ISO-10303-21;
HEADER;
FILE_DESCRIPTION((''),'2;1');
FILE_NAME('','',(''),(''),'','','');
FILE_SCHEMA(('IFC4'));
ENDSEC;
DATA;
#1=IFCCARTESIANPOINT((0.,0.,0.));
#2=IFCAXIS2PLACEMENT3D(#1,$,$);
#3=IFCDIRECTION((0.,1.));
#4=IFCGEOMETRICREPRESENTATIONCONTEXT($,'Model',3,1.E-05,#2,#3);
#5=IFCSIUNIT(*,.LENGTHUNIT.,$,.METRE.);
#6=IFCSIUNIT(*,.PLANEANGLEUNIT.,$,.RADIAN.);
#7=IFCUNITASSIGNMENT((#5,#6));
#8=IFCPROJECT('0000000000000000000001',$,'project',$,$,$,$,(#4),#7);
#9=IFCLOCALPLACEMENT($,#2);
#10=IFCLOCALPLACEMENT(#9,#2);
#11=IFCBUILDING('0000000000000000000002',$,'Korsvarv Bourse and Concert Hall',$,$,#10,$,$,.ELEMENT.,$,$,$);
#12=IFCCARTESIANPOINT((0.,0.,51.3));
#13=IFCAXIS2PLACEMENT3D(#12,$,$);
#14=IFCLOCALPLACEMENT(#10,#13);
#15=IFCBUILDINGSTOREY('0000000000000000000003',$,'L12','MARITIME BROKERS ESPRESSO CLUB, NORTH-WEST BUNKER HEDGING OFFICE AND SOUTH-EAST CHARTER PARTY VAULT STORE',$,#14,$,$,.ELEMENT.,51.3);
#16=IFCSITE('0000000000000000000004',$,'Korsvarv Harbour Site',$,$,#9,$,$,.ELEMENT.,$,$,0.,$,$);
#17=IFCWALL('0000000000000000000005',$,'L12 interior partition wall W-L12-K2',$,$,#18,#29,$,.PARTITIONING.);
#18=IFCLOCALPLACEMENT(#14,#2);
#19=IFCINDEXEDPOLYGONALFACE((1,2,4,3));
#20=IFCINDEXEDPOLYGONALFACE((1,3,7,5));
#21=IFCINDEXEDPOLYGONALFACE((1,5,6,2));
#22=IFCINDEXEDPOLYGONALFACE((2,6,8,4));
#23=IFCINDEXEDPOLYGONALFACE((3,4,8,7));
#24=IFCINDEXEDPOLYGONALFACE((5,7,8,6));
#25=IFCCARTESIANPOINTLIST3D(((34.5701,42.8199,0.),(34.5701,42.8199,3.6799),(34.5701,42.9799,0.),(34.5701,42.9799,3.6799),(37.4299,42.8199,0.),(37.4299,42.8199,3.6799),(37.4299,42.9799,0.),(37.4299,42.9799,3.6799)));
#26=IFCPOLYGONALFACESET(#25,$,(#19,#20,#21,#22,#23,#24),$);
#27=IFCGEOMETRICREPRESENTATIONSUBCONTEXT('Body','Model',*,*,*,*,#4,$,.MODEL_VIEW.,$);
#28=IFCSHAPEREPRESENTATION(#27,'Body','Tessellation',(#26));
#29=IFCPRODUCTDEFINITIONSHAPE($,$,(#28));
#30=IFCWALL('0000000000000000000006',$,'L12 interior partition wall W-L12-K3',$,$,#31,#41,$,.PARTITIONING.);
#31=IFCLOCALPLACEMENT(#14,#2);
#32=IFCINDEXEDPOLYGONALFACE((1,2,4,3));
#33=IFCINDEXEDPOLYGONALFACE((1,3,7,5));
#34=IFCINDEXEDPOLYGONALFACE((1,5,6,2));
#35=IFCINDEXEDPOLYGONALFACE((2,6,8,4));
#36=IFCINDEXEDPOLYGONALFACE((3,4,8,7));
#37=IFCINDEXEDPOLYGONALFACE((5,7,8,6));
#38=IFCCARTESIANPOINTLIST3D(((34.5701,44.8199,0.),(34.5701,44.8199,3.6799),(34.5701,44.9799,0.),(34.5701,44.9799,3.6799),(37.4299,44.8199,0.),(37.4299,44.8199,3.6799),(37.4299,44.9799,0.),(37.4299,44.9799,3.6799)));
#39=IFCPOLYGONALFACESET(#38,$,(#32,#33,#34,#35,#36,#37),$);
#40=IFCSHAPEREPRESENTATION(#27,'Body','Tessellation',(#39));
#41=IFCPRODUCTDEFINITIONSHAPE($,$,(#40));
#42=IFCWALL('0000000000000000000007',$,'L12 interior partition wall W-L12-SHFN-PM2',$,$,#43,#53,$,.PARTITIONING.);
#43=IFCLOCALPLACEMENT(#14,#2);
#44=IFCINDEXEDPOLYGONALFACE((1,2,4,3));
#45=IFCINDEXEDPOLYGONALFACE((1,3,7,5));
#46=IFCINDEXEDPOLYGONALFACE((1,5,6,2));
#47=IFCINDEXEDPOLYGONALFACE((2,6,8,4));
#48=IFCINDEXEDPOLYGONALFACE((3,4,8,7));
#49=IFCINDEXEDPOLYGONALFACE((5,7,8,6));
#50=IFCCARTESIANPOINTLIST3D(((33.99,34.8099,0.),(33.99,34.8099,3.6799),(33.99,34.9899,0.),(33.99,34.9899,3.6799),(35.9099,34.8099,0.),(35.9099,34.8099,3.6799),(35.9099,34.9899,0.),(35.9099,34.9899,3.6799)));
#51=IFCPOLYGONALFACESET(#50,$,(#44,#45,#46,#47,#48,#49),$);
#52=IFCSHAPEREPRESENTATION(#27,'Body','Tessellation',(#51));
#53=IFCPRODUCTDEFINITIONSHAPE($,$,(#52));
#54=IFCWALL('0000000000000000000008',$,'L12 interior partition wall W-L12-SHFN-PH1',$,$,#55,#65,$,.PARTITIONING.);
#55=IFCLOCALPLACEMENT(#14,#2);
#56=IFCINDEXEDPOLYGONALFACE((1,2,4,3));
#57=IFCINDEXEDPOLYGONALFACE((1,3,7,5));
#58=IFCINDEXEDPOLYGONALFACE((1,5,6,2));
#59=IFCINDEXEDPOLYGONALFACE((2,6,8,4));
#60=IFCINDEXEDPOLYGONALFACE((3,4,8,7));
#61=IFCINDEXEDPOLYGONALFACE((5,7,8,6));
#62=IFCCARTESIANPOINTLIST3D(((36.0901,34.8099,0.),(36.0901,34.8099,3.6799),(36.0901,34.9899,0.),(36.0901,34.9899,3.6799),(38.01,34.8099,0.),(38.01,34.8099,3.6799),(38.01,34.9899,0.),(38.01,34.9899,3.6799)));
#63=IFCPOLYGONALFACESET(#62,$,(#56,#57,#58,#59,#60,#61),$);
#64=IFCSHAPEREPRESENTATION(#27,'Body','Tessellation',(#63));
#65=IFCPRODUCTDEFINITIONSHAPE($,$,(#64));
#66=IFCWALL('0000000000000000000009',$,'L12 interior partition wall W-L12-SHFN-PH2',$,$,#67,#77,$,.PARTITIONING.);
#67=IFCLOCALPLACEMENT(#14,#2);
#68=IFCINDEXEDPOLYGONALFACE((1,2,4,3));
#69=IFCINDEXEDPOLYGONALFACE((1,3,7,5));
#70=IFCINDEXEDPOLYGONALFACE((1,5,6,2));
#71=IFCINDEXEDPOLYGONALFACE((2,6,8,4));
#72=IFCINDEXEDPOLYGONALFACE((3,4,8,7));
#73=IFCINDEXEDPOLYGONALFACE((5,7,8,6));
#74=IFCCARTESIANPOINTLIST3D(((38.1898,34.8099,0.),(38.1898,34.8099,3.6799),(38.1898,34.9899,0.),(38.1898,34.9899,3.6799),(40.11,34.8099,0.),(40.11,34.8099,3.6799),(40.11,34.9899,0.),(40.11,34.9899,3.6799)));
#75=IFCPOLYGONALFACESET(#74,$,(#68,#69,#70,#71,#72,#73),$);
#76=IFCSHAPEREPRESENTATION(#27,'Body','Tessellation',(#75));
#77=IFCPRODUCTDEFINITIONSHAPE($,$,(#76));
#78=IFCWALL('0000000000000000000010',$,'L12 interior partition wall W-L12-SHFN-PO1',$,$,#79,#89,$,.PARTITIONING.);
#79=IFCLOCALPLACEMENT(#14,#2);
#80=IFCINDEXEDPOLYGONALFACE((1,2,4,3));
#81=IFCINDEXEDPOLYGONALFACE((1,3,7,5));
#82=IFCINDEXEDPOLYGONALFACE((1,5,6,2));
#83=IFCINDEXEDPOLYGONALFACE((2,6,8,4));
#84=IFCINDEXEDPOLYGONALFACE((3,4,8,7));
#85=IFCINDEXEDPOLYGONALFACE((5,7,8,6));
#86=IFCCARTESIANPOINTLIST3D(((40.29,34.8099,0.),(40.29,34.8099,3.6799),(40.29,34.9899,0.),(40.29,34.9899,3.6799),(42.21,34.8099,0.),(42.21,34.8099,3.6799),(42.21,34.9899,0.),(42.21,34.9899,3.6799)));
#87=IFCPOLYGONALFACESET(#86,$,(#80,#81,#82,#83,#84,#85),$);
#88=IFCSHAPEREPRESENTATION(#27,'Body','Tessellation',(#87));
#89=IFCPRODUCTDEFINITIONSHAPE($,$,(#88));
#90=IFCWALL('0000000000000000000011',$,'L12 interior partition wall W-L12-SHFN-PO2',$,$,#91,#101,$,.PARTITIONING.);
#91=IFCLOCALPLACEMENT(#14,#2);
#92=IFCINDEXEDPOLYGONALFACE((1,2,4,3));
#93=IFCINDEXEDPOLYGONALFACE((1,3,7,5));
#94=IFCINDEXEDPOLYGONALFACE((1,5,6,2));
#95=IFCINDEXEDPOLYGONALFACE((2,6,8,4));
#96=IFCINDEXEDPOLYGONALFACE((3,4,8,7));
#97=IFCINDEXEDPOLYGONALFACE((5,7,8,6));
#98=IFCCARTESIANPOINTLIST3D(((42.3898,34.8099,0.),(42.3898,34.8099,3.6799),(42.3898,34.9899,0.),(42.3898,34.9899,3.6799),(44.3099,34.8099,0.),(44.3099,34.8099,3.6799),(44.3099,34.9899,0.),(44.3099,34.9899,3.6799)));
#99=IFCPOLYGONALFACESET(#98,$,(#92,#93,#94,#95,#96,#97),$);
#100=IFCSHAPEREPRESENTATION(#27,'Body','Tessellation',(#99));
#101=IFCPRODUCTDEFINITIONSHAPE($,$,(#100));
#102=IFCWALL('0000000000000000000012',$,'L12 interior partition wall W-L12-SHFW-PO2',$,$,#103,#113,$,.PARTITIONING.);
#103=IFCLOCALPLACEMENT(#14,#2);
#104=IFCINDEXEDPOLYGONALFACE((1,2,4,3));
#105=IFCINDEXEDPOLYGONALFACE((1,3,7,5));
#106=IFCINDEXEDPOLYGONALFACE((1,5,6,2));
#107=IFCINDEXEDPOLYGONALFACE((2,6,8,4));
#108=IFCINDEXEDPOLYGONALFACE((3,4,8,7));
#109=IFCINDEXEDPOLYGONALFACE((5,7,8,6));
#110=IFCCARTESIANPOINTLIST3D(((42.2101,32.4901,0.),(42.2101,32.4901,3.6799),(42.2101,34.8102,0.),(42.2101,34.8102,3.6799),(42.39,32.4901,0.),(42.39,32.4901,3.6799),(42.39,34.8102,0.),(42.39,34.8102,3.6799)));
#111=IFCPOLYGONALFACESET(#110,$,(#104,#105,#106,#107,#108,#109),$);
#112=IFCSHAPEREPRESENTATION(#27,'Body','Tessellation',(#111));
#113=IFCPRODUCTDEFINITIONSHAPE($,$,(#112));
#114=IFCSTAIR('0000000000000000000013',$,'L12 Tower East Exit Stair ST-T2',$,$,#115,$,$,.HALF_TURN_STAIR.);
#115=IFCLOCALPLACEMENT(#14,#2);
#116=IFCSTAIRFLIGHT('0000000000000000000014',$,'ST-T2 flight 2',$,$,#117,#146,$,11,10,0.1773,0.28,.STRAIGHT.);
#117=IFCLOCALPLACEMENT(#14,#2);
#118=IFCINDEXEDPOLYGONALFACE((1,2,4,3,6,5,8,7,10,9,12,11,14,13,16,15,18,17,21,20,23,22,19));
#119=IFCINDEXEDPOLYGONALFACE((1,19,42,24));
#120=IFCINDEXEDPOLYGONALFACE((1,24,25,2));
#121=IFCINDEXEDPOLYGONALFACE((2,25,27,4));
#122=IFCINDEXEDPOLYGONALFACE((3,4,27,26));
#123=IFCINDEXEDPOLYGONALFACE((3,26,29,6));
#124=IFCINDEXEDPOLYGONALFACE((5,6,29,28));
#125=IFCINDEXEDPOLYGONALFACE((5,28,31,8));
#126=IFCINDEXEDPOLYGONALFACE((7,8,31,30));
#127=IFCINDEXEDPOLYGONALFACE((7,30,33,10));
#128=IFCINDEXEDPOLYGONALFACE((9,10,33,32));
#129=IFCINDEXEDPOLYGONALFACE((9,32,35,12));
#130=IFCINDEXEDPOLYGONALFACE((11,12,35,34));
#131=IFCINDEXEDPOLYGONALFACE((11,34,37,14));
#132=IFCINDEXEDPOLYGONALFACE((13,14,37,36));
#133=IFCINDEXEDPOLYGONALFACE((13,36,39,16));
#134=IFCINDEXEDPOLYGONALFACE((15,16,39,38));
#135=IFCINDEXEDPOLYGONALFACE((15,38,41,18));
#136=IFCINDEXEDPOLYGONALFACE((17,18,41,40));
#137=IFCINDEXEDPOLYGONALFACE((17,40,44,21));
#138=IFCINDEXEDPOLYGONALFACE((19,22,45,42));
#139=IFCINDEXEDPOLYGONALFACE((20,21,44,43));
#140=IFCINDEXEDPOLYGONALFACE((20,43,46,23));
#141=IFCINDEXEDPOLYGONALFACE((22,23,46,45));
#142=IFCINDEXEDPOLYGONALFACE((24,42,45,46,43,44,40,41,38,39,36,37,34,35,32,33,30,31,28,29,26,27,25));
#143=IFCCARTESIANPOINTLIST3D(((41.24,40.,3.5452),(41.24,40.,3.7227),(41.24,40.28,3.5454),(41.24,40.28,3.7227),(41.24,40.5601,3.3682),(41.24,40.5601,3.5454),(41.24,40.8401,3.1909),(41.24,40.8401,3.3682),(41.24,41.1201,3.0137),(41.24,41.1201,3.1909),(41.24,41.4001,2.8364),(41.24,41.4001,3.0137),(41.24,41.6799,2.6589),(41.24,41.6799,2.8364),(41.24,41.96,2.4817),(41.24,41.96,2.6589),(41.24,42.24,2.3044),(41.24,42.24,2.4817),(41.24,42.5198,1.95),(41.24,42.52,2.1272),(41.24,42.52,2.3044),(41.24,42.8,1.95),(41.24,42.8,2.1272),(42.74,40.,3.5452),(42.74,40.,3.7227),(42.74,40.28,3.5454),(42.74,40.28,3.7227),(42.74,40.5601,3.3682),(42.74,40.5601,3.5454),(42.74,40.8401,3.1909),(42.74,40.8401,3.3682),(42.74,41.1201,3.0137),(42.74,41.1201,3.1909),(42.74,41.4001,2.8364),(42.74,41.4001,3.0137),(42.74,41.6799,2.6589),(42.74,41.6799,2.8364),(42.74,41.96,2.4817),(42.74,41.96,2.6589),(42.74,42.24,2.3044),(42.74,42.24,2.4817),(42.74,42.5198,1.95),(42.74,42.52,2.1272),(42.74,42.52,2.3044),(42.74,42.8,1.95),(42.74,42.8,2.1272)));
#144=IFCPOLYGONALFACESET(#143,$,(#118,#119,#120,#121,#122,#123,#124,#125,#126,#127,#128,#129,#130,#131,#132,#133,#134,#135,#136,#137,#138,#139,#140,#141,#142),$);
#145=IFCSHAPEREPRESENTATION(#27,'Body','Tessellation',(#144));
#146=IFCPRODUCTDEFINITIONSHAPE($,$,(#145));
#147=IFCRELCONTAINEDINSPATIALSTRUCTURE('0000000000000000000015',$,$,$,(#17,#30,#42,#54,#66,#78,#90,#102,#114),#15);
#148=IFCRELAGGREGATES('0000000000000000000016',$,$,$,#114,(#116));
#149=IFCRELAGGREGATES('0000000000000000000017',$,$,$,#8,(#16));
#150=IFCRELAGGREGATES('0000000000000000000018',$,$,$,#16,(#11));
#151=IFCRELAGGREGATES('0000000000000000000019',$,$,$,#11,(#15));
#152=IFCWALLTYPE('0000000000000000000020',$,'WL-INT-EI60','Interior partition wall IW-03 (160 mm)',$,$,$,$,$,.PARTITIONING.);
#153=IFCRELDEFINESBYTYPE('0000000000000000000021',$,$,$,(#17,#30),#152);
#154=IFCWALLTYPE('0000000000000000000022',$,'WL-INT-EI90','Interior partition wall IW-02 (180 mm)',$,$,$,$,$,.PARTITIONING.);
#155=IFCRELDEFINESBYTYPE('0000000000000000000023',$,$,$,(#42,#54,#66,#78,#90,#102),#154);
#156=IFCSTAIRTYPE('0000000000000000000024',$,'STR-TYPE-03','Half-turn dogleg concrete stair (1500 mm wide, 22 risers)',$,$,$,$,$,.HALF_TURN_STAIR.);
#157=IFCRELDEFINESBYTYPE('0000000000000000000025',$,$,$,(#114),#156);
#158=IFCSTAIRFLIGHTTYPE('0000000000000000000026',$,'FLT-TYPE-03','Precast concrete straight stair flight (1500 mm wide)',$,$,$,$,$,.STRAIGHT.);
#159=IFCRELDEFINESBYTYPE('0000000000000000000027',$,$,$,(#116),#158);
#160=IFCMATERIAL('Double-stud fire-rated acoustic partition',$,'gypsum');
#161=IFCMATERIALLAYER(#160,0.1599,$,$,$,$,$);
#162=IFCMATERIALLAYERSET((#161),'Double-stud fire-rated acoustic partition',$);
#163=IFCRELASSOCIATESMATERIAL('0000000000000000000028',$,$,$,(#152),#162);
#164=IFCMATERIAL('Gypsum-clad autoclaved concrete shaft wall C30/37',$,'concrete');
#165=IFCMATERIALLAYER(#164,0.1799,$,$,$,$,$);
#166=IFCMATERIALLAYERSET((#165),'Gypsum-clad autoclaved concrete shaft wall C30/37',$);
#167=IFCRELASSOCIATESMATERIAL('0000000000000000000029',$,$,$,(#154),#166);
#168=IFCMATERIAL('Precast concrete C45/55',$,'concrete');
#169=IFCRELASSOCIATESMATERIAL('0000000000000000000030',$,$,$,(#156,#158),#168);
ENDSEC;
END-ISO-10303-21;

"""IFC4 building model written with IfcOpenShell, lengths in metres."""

from ifc_helpers import new_model, si_unit, direction, frame, frame_2d, origin, place, context, subcontext, project, spatial, polyline, rectangle, outline, extrude, material, layer, layer_set, type_object, element, aggregate, save


model = new_model("IFC4")

# Units and contexts
model_context = context("Model", 3, precision=1e-05, world=origin(), true_north=direction((0.0, 1.0)))
body_context = subcontext(model_context, "Body", "Model", "MODEL_VIEW")
ifc_project = project(units=[si_unit("LENGTHUNIT", "METRE"), si_unit("PLANEANGLEUNIT", "RADIAN")], contexts=[model_context])

# Site, building, storey
site_placement = place(None, origin())
site = spatial("IfcSite", under=ifc_project, at=site_placement, Name="Korsvarv Harbour Site", CompositionType="ELEMENT", RefElevation=0.0)
building_placement = place(site_placement, origin())
building = spatial("IfcBuilding", under=site, at=building_placement, Name="Korsvarv Bourse and Concert Hall", CompositionType="ELEMENT")
storey_placement = place(building_placement, frame((0.0, 0.0, 51.3)))
storey = spatial("IfcBuildingStorey", under=building, at=storey_placement, Name="L12", Description="MARITIME BROKERS ESPRESSO CLUB, NORTH-WEST BUNKER HEDGING OFFICE AND SOUTH-EAST CHARTER PARTY VAULT STORE", CompositionType="ELEMENT", Elevation=51.3)

# Walls
ifc_material_1 = material(Name="Double-stud fire-rated acoustic partition", Category="gypsum")
ifc_layer_1 = layer(ifc_material_1, 0.1599)
ifc_layer_set_1 = layer_set([ifc_layer_1], Name="Double-stud fire-rated acoustic partition")
wall_type_1 = type_object("IfcWallType", Name="WL-INT-EI60", Description="Interior partition wall IW-03 (160 mm)", PredefinedType="PARTITIONING", material=ifc_layer_set_1)
for number, where, z_axis, x_axis, name in (
    (1, (34.5701, 42.8999, 0.0), (0.0, 0.0, 1.0), (1.0, 0.0, 0.0), "L12 interior partition wall W-L12-K2"),
    (2, (34.5701, 44.8999, 0.0), (0.0, 0.0, 1.0), (1.0, 0.0, 0.0), "L12 interior partition wall W-L12-K3"),
):
    element("IfcWall", number, at=place(storey_placement, frame(where, z_axis=z_axis, x_axis=x_axis)), inside=storey, type_object=wall_type_1, Name=name, PredefinedType="PARTITIONING", context=body_context, shape_type="SweptSolid", body=[
        extrude(rectangle(XDim=2.8599, YDim=0.1599, at=frame_2d((1.4299, 0.0))), origin(), (0.0, 0.0, 1.0), 3.6799),
    ])
ifc_material_2 = material(Name="Gypsum-clad autoclaved concrete shaft wall C30/37", Category="concrete")
ifc_layer_2 = layer(ifc_material_2, 0.1799)
ifc_layer_set_2 = layer_set([ifc_layer_2], Name="Gypsum-clad autoclaved concrete shaft wall C30/37")
wall_type_2 = type_object("IfcWallType", Name="WL-INT-EI90", Description="Interior partition wall IW-02 (180 mm)", PredefinedType="PARTITIONING", material=ifc_layer_set_2)
for number, where, z_axis, x_axis, name in (
    (3, (33.99, 34.8999, 0.0), (0.0, 0.0, 1.0), (1.0, 0.0, 0.0), "L12 interior partition wall W-L12-SHFN-PM2"),
    (4, (36.0901, 34.8999, 0.0), (0.0, 0.0, 1.0), (1.0, 0.0, 0.0), "L12 interior partition wall W-L12-SHFN-PH1"),
):
    element("IfcWall", number, at=place(storey_placement, frame(where, z_axis=z_axis, x_axis=x_axis)), inside=storey, type_object=wall_type_2, Name=name, PredefinedType="PARTITIONING", context=body_context, shape_type="SweptSolid", body=[
        extrude(rectangle(XDim=1.9199, YDim=0.1799, at=frame_2d((0.96, 0.0))), origin(), (0.0, 0.0, 1.0), 3.6799),
    ])
wall_1_placement = place(storey_placement, frame((38.1899, 34.8999, 0.0), z_axis=(0.0, 0.0, 1.0), x_axis=(1.0, 0.0, 0.0)))
element("IfcWall", 5, at=wall_1_placement, inside=storey, type_object=wall_type_2, Name="L12 interior partition wall W-L12-SHFN-PH2", PredefinedType="PARTITIONING", context=body_context, shape_type="SweptSolid", body=[
    extrude(rectangle(XDim=1.9202, YDim=0.1799, at=frame_2d((0.96, 0.0))), origin(), (0.0, 0.0, 1.0), 3.6799),
])
wall_2_placement = place(storey_placement, frame((40.29, 34.8999, 0.0), z_axis=(0.0, 0.0, 1.0), x_axis=(1.0, 0.0, 0.0)))
element("IfcWall", 6, at=wall_2_placement, inside=storey, type_object=wall_type_2, Name="L12 interior partition wall W-L12-SHFN-PO1", PredefinedType="PARTITIONING", context=body_context, shape_type="SweptSolid", body=[
    extrude(rectangle(XDim=1.9199, YDim=0.1799, at=frame_2d((0.96, 0.0))), origin(), (0.0, 0.0, 1.0), 3.6799),
])
wall_3_placement = place(storey_placement, frame((42.3899, 34.8999, 0.0), z_axis=(0.0, 0.0, 1.0), x_axis=(1.0, 0.0, 0.0)))
element("IfcWall", 7, at=wall_3_placement, inside=storey, type_object=wall_type_2, Name="L12 interior partition wall W-L12-SHFN-PO2", PredefinedType="PARTITIONING", context=body_context, shape_type="SweptSolid", body=[
    extrude(rectangle(XDim=1.9202, YDim=0.1799, at=frame_2d((0.96, 0.0))), origin(), (0.0, 0.0, 1.0), 3.6799),
])
wall_4_placement = place(storey_placement, frame((42.3, 32.49, 0.0), z_axis=(0.0, 0.0, 1.0), x_axis=(0.0, 1.0, 0.0)))
element("IfcWall", 8, at=wall_4_placement, inside=storey, type_object=wall_type_2, Name="L12 interior partition wall W-L12-SHFW-PO2", PredefinedType="PARTITIONING", context=body_context, shape_type="SweptSolid", body=[
    extrude(rectangle(XDim=2.3201, YDim=0.1799, at=frame_2d((1.1602, 0.0))), origin(), (0.0, 0.0, 1.0), 3.6799),
])

# Stair, stair flight
ifc_material_3 = material(Name="Precast concrete C45/55", Category="concrete")
stair_type = type_object("IfcStairType", Name="STR-TYPE-03", Description="Half-turn dogleg concrete stair (1500 mm wide, 22 risers)", PredefinedType="HALF_TURN_STAIR", material=ifc_material_3)
stair_placement = place(storey_placement, origin())
stair = element("IfcStair", 9, at=stair_placement, inside=storey, type_object=stair_type, Name="L12 Tower East Exit Stair ST-T2", PredefinedType="HALF_TURN_STAIR")
stair_flight_type = type_object("IfcStairFlightType", Name="FLT-TYPE-03", Description="Precast concrete straight stair flight (1500 mm wide)", PredefinedType="STRAIGHT", material=ifc_material_3)
stair_flight_placement = place(storey_placement, frame((41.99, 42.8, 1.95), z_axis=(0.0, 0.0, 1.0), x_axis=(0.0, -1.0, 0.0)))
stair_flight = element("IfcStairFlight", 10, at=stair_flight_placement, type_object=stair_flight_type, Name="ST-T2 flight 2", NumberOfRisers=11, NumberOfTreads=10, PredefinedType="STRAIGHT", RiserHeight=0.1773, TreadLength=0.28, context=body_context, shape_type="SweptSolid", body=[
    extrude(outline(polyline([(0.0, 0.0), (0.0, 0.1772), (0.28, 0.1772), (0.28, 0.3545), (0.5601, 0.3545), (0.5601, 0.5317), (0.8401, 0.5317), (0.8401, 0.709), (1.1201, 0.709), (1.1201, 0.8865), (1.3999, 0.8865), (1.3999, 1.0637), (1.6799, 1.0637), (1.6799, 1.241), (1.96, 1.241), (1.96, 1.4182), (2.24, 1.4182), (2.24, 1.5955), (2.52, 1.5955), (2.52, 1.7727), (2.8, 1.7727), (2.8, 1.95), (2.8, 1.5952), (0.2803, 0.0), (0.0, 0.0)])), frame((0.0, 0.75, 0.0), z_axis=(0.0, -1.0, 0.0), x_axis=(1.0, 0.0, 0.0)), (0.0, 0.0, 1.0), 1.5),
])
aggregate(stair, [stair_flight])

save(model, "model.ifc")
